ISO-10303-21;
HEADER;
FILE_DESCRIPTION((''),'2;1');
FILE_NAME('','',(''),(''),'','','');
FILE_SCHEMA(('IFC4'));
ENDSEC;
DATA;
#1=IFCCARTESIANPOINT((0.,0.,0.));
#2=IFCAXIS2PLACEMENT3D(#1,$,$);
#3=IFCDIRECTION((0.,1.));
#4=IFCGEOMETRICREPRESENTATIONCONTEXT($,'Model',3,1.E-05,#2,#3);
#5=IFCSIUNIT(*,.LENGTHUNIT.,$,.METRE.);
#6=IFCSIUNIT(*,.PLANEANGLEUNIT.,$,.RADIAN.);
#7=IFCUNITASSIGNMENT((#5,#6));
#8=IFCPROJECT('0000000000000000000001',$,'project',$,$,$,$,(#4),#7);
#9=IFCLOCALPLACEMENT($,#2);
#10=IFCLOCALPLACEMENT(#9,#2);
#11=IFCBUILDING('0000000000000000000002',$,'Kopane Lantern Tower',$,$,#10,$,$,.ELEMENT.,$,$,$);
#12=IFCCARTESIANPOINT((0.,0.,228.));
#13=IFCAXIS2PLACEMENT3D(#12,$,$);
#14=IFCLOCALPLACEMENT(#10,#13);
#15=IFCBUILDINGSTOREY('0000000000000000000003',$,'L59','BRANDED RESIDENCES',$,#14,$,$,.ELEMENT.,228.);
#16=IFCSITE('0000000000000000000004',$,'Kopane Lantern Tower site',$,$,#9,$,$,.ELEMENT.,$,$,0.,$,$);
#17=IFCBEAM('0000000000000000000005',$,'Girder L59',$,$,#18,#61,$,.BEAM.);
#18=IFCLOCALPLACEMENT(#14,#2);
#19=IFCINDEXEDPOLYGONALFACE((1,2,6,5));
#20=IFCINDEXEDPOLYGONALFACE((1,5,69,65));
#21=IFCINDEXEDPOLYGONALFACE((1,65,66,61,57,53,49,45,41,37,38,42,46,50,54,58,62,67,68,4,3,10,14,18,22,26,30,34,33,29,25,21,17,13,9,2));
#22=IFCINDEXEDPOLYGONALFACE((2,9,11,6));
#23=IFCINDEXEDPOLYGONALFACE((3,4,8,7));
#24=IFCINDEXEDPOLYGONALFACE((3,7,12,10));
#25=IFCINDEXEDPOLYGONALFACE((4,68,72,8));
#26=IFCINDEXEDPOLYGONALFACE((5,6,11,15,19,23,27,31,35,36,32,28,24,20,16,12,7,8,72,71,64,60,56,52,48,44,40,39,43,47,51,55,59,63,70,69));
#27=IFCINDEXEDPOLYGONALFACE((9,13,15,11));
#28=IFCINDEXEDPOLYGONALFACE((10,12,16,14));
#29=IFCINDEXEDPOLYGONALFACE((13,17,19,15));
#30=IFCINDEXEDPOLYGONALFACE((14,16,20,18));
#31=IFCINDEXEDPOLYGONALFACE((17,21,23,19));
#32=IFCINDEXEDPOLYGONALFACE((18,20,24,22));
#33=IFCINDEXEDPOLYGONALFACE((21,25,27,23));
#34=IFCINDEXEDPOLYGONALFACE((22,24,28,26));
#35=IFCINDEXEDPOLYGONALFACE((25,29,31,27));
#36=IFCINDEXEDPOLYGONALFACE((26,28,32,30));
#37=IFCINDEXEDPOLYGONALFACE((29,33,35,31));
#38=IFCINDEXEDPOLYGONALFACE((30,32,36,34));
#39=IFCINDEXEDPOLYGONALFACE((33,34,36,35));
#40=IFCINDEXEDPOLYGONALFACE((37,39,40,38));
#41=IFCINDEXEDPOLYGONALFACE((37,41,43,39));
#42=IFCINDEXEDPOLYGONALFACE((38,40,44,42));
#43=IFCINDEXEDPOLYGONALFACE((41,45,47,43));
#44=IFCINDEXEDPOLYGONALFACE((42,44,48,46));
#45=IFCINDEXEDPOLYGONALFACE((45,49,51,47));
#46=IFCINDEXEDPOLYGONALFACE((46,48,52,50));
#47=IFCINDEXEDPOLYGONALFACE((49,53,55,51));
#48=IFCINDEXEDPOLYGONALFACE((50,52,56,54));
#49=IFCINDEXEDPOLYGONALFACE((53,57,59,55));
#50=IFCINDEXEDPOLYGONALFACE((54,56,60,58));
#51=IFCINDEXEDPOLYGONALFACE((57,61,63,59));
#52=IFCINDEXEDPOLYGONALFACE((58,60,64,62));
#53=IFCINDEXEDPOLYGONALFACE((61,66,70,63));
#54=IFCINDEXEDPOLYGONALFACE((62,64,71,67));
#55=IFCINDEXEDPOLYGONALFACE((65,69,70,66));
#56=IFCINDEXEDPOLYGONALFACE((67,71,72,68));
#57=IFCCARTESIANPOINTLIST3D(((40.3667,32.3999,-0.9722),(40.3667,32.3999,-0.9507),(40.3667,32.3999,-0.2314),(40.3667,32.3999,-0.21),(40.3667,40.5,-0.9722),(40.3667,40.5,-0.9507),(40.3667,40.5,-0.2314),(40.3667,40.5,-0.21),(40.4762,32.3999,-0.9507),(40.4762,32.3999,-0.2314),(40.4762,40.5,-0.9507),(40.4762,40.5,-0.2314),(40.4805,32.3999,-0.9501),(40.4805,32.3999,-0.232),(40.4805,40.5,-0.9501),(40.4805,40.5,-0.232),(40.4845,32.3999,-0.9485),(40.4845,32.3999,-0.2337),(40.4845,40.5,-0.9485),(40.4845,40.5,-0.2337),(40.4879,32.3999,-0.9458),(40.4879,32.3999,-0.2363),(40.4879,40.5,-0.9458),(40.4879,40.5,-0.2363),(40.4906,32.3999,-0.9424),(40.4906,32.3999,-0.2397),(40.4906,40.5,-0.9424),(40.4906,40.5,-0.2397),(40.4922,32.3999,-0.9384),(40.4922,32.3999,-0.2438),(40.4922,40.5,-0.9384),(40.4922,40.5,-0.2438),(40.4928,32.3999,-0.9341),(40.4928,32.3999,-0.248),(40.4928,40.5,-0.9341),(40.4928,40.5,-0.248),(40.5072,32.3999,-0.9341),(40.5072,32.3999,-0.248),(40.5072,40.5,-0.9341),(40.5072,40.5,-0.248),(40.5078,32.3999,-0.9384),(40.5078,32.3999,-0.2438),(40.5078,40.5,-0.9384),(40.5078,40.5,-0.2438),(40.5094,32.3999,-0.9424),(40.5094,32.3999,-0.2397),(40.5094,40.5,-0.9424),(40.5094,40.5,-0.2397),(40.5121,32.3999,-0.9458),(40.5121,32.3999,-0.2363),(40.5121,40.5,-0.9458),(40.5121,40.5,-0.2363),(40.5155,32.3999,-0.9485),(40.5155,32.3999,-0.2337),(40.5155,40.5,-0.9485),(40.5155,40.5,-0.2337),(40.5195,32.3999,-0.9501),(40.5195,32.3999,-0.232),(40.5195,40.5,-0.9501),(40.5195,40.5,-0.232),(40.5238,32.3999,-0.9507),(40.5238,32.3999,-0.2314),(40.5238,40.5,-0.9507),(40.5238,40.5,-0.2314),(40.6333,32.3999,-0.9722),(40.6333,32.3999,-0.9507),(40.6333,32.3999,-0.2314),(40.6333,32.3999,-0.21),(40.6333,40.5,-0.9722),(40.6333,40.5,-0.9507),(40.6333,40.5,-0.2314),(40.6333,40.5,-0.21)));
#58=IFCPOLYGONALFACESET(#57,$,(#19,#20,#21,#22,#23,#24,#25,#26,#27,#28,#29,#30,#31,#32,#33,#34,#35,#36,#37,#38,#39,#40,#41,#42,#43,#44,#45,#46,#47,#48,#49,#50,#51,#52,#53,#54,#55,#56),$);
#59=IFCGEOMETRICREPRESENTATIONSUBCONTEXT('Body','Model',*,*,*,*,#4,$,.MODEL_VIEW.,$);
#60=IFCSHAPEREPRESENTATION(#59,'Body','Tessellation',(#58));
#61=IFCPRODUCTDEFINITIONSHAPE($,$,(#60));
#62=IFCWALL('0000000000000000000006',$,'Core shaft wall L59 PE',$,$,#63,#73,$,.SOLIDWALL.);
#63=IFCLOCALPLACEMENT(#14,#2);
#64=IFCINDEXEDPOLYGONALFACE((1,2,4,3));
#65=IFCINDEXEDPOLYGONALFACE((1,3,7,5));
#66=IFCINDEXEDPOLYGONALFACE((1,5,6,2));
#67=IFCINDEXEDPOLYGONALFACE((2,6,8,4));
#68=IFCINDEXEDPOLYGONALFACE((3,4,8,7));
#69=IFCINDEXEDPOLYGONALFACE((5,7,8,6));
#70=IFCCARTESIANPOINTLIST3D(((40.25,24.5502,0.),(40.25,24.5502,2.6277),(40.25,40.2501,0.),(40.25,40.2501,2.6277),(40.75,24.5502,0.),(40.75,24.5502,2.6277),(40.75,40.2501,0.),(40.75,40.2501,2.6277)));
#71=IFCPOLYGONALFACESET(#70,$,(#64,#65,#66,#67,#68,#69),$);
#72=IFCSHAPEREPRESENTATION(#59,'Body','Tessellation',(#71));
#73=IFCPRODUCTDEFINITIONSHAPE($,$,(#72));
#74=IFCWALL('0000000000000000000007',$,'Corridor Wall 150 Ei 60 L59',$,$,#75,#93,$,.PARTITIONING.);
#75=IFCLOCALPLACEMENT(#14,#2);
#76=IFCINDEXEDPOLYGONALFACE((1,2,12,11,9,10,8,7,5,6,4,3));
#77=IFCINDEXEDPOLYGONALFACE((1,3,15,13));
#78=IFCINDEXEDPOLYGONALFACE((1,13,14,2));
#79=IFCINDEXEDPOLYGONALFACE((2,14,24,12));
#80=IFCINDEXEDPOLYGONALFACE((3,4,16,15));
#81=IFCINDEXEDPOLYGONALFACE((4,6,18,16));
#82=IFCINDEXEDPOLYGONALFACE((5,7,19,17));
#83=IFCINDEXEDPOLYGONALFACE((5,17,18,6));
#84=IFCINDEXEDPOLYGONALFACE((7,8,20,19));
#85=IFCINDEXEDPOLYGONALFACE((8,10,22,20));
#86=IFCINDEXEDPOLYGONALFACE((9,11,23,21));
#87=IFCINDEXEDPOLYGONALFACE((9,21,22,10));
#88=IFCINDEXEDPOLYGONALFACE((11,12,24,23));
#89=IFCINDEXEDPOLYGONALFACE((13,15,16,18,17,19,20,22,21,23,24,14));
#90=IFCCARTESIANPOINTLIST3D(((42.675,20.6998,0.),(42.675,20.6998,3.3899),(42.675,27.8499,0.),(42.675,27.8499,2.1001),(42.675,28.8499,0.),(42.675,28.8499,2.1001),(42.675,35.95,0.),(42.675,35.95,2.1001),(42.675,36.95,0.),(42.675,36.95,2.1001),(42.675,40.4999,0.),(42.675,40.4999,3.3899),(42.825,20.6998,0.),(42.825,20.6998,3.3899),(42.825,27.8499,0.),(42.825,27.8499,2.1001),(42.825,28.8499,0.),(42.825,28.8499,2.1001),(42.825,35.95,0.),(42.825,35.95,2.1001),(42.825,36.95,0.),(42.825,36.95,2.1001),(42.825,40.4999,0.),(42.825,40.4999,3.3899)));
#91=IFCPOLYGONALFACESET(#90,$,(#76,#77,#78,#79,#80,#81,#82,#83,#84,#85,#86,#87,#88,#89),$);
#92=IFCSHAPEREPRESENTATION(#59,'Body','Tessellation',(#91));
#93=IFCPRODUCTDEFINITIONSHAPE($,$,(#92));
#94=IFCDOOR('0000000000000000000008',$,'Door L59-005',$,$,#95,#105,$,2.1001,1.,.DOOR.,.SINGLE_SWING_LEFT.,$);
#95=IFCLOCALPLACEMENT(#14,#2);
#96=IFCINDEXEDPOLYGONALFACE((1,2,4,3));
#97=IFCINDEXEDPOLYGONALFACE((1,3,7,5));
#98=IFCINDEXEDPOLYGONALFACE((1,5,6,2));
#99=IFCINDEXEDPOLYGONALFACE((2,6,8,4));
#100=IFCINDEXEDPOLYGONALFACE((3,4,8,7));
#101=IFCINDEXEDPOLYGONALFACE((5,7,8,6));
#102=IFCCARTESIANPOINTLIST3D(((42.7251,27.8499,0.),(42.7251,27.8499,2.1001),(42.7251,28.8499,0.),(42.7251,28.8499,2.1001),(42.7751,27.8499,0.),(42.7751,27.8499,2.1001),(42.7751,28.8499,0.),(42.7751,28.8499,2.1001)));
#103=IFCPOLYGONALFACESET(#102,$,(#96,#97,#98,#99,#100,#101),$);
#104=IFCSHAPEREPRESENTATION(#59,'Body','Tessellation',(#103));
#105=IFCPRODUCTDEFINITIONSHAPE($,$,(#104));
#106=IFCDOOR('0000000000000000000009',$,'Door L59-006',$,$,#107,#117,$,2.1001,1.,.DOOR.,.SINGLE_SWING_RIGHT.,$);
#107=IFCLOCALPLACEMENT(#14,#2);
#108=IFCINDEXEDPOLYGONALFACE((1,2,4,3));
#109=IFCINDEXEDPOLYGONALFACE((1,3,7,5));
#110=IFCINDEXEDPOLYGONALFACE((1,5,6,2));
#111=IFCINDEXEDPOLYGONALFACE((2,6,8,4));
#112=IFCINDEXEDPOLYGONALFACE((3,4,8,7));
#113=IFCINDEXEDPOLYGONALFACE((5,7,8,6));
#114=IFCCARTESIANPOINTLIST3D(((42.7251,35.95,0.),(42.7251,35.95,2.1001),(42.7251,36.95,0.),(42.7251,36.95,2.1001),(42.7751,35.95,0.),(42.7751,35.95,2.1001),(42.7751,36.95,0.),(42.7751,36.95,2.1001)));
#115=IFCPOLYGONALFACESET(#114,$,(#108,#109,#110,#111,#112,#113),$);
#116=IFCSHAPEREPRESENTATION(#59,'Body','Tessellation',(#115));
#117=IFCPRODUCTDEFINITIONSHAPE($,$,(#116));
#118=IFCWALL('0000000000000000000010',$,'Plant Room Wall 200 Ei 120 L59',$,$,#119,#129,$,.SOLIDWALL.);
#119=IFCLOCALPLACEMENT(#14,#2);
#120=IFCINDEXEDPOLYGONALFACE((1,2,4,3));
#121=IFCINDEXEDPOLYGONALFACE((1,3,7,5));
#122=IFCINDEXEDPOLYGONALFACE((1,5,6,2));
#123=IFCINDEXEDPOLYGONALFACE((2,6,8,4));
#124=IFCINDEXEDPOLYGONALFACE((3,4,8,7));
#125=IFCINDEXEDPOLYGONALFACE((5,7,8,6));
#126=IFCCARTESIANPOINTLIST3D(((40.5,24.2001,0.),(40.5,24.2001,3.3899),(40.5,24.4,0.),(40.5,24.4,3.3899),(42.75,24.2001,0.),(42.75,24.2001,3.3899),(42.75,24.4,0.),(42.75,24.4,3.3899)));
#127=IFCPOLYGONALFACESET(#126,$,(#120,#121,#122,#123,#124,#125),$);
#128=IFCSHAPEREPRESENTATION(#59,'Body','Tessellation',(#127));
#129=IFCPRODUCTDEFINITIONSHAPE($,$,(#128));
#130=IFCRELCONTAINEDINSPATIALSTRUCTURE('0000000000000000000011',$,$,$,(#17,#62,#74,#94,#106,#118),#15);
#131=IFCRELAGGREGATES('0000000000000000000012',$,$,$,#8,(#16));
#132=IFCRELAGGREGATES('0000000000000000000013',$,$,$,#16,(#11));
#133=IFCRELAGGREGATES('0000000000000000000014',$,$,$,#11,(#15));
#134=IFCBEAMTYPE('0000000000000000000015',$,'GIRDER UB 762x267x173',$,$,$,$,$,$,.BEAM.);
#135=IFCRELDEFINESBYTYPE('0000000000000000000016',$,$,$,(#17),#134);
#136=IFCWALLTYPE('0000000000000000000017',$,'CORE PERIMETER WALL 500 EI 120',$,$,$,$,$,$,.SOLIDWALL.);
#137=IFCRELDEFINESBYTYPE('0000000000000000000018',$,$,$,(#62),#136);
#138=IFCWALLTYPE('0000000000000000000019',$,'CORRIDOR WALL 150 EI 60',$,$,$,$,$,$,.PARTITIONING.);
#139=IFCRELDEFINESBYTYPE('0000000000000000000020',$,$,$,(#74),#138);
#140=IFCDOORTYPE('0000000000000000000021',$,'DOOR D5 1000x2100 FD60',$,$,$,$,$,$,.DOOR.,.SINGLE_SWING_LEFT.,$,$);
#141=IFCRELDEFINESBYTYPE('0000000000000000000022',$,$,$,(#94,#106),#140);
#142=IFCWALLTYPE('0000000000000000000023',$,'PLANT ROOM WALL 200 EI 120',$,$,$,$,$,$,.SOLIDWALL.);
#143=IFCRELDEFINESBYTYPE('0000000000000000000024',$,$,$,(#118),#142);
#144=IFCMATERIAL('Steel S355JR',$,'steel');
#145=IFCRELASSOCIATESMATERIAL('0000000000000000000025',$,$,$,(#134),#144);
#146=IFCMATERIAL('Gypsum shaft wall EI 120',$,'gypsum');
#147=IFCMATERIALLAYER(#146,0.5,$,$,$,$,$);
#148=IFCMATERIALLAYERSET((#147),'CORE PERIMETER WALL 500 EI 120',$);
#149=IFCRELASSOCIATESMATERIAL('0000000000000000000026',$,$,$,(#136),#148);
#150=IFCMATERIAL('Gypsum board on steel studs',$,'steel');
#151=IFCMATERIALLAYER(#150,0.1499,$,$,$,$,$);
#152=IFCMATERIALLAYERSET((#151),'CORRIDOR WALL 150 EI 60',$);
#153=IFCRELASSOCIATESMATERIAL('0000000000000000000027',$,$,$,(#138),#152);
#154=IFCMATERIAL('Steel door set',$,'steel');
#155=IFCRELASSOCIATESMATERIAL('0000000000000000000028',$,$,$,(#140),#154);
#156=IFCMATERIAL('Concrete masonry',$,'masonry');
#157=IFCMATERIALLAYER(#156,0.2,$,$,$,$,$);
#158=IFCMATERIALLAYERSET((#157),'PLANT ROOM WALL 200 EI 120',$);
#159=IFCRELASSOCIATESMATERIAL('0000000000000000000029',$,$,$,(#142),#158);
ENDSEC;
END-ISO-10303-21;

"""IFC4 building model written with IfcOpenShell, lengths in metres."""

from ifc_helpers import new_model, si_unit, direction, frame, frame_2d, origin, origin_2d, place, context, subcontext, project, spatial, rectangle, i_section, extrude, material, layer, layer_set, material_profile, profile_set, type_object, element, fill, save


model = new_model("IFC4")

# Units and contexts
model_context = context("Model", 3, precision=1e-05, world=origin(), true_north=direction((0.0, 1.0)))
body_context = subcontext(model_context, "Body", "Model", "MODEL_VIEW")
ifc_project = project(units=[si_unit("LENGTHUNIT", "METRE"), si_unit("PLANEANGLEUNIT", "RADIAN")], contexts=[model_context])

# Site, building, storey
site_placement = place(None, origin())
site = spatial("IfcSite", under=ifc_project, at=site_placement, Name="Kopane Lantern Tower site", CompositionType="ELEMENT", RefElevation=0.0)
building_placement = place(site_placement, origin())
building = spatial("IfcBuilding", under=site, at=building_placement, Name="Kopane Lantern Tower", CompositionType="ELEMENT")
storey_placement = place(building_placement, frame((0.0, 0.0, 228.0)))
storey = spatial("IfcBuildingStorey", under=building, at=storey_placement, Name="L59", Description="BRANDED RESIDENCES", CompositionType="ELEMENT", Elevation=228.0)

# Beam
ifc_material_1 = material(Name="Steel S355JR", Category="steel")
ifc_material_profile_1 = material_profile(ifc_material_1, i_section(OverallWidth=0.2666, OverallDepth=0.7622, WebThickness=0.0144, FlangeThickness=0.0215, FilletRadius=0.0166, at=origin_2d()), Name="UB 762x267x173")
ifc_profile_set_1 = profile_set([ifc_material_profile_1], Name="Steel S355JR")
beam_type = type_object("IfcBeamType", Name="GIRDER UB 762x267x173", PredefinedType="BEAM", material=ifc_profile_set_1)
for number, where, z_axis, x_axis, name in (
    (1, (40.5, 32.3999, -0.5911), (0.0, 1.0, 0.0), (-1.0, 0.0, 0.0), "Girder L59"),
):
    element("IfcBeam", number, at=place(storey_placement, frame(where, z_axis=z_axis, x_axis=x_axis)), inside=storey, type_object=beam_type, Name=name, PredefinedType="BEAM", context=body_context, shape_type="SweptSolid", body=[
        extrude(i_section(OverallWidth=0.2666, OverallDepth=0.7622, WebThickness=0.0144, FlangeThickness=0.0215, FilletRadius=0.0166, at=origin_2d()), origin(), (0.0, 0.0, 1.0), 8.1001),
    ])

# Wall
ifc_material_2 = material(Name="Gypsum shaft wall EI 120", Category="gypsum")
ifc_layer_1 = layer(ifc_material_2, 0.5)
ifc_layer_set_1 = layer_set([ifc_layer_1], Name="CORE PERIMETER WALL 500 EI 120")
wall_type_1 = type_object("IfcWallType", Name="CORE PERIMETER WALL 500 EI 120", PredefinedType="SOLIDWALL", material=ifc_layer_set_1)
wall_1_placement = place(storey_placement, frame((40.5, 24.55, 0.0), z_axis=(0.0, 0.0, 1.0), x_axis=(0.0, 1.0, 0.0)))
element("IfcWall", 2, at=wall_1_placement, inside=storey, type_object=wall_type_1, Name="Core shaft wall L59 PE", PredefinedType="SOLIDWALL", context=body_context, shape_type="SweptSolid", body=[
    extrude(rectangle(XDim=15.7, YDim=0.5, at=frame_2d((7.8501, 0.0))), origin(), (0.0, 0.0, 1.0), 2.6277),
])

# Wall, openings, doors
ifc_material_3 = material(Name="Gypsum board on steel studs", Category="steel")
ifc_layer_2 = layer(ifc_material_3, 0.1499)
ifc_layer_set_2 = layer_set([ifc_layer_2], Name="CORRIDOR WALL 150 EI 60")
wall_type_2 = type_object("IfcWallType", Name="CORRIDOR WALL 150 EI 60", PredefinedType="PARTITIONING", material=ifc_layer_set_2)
wall_2_placement = place(storey_placement, frame((42.75, 20.7, 0.0), z_axis=(0.0, 0.0, 1.0), x_axis=(0.0, 1.0, 0.0)))
wall_2 = element("IfcWall", 3, at=wall_2_placement, inside=storey, type_object=wall_type_2, Name="Corridor Wall 150 Ei 60 L59", PredefinedType="PARTITIONING", context=body_context, shape_type="SweptSolid", body=[
    extrude(rectangle(XDim=19.8, YDim=0.1499, at=frame_2d((9.8999, 0.0))), origin(), (0.0, 0.0, 1.0), 3.3899),
])
opening_1_placement = place(wall_2_placement, frame((7.1499, 0.0, 0.0)))
opening_1 = element("IfcOpeningElement", 4, at=opening_1_placement, cuts=wall_2, PredefinedType="OPENING", context=body_context, shape_type="SweptSolid", body=[
    extrude(rectangle(XDim=1.0, YDim=2.1001, at=frame_2d((0.5, 1.05))), frame((0.0, 0.085, 0.0), z_axis=(0.0, -1.0, 0.0), x_axis=(1.0, 0.0, 0.0)), (0.0, 0.0, 1.0), 0.1699),
])
opening_2_placement = place(wall_2_placement, frame((15.25, 0.0, 0.0)))
opening_2 = element("IfcOpeningElement", 5, at=opening_2_placement, cuts=wall_2, PredefinedType="OPENING", context=body_context, shape_type="SweptSolid", body=[
    extrude(rectangle(XDim=1.0, YDim=2.1001, at=frame_2d((0.5, 1.05))), frame((0.0, 0.085, 0.0), z_axis=(0.0, -1.0, 0.0), x_axis=(1.0, 0.0, 0.0)), (0.0, 0.0, 1.0), 0.1699),
])
ifc_material_4 = material(Name="Steel door set", Category="steel")
door_type = type_object("IfcDoorType", Name="DOOR D5 1000x2100 FD60", OperationType="SINGLE_SWING_LEFT", PredefinedType="DOOR", material=ifc_material_4)
door_1_placement = place(opening_1_placement, origin())
door_1 = element("IfcDoor", 6, at=door_1_placement, inside=storey, type_object=door_type, Name="Door L59-005", OperationType="SINGLE_SWING_LEFT", OverallHeight=2.1001, OverallWidth=1.0, PredefinedType="DOOR", context=body_context, shape_type="SweptSolid", body=[
    extrude(rectangle(XDim=1.0, YDim=2.1001, at=frame_2d((0.5, 1.05))), frame((0.0, 0.0249, 0.0), z_axis=(0.0, -1.0, 0.0), x_axis=(1.0, 0.0, 0.0)), (0.0, 0.0, 1.0), 0.05),
])
fill(opening_1, door_1)
door_2_placement = place(opening_2_placement, origin())
door_2 = element("IfcDoor", 7, at=door_2_placement, inside=storey, type_object=door_type, Name="Door L59-006", OperationType="SINGLE_SWING_RIGHT", OverallHeight=2.1001, OverallWidth=1.0, PredefinedType="DOOR", context=body_context, shape_type="SweptSolid", body=[
    extrude(rectangle(XDim=1.0, YDim=2.1001, at=frame_2d((0.5, 1.05))), frame((0.0, 0.0249, 0.0), z_axis=(0.0, -1.0, 0.0), x_axis=(1.0, 0.0, 0.0)), (0.0, 0.0, 1.0), 0.05),
])
fill(opening_2, door_2)

# Wall
ifc_material_5 = material(Name="Concrete masonry", Category="masonry")
ifc_layer_3 = layer(ifc_material_5, 0.2)
ifc_layer_set_3 = layer_set([ifc_layer_3], Name="PLANT ROOM WALL 200 EI 120")
wall_type_3 = type_object("IfcWallType", Name="PLANT ROOM WALL 200 EI 120", PredefinedType="SOLIDWALL", material=ifc_layer_set_3)
wall_3_placement = place(storey_placement, frame((40.5, 24.3, 0.0), z_axis=(0.0, 0.0, 1.0), x_axis=(1.0, 0.0, 0.0)))
element("IfcWall", 8, at=wall_3_placement, inside=storey, type_object=wall_type_3, Name="Plant Room Wall 200 Ei 120 L59", PredefinedType="SOLIDWALL", context=body_context, shape_type="SweptSolid", body=[
    extrude(rectangle(XDim=2.25, YDim=0.2, at=frame_2d((1.125, 0.0))), origin(), (0.0, 0.0, 1.0), 3.3899),
])

save(model, "model.ifc")
